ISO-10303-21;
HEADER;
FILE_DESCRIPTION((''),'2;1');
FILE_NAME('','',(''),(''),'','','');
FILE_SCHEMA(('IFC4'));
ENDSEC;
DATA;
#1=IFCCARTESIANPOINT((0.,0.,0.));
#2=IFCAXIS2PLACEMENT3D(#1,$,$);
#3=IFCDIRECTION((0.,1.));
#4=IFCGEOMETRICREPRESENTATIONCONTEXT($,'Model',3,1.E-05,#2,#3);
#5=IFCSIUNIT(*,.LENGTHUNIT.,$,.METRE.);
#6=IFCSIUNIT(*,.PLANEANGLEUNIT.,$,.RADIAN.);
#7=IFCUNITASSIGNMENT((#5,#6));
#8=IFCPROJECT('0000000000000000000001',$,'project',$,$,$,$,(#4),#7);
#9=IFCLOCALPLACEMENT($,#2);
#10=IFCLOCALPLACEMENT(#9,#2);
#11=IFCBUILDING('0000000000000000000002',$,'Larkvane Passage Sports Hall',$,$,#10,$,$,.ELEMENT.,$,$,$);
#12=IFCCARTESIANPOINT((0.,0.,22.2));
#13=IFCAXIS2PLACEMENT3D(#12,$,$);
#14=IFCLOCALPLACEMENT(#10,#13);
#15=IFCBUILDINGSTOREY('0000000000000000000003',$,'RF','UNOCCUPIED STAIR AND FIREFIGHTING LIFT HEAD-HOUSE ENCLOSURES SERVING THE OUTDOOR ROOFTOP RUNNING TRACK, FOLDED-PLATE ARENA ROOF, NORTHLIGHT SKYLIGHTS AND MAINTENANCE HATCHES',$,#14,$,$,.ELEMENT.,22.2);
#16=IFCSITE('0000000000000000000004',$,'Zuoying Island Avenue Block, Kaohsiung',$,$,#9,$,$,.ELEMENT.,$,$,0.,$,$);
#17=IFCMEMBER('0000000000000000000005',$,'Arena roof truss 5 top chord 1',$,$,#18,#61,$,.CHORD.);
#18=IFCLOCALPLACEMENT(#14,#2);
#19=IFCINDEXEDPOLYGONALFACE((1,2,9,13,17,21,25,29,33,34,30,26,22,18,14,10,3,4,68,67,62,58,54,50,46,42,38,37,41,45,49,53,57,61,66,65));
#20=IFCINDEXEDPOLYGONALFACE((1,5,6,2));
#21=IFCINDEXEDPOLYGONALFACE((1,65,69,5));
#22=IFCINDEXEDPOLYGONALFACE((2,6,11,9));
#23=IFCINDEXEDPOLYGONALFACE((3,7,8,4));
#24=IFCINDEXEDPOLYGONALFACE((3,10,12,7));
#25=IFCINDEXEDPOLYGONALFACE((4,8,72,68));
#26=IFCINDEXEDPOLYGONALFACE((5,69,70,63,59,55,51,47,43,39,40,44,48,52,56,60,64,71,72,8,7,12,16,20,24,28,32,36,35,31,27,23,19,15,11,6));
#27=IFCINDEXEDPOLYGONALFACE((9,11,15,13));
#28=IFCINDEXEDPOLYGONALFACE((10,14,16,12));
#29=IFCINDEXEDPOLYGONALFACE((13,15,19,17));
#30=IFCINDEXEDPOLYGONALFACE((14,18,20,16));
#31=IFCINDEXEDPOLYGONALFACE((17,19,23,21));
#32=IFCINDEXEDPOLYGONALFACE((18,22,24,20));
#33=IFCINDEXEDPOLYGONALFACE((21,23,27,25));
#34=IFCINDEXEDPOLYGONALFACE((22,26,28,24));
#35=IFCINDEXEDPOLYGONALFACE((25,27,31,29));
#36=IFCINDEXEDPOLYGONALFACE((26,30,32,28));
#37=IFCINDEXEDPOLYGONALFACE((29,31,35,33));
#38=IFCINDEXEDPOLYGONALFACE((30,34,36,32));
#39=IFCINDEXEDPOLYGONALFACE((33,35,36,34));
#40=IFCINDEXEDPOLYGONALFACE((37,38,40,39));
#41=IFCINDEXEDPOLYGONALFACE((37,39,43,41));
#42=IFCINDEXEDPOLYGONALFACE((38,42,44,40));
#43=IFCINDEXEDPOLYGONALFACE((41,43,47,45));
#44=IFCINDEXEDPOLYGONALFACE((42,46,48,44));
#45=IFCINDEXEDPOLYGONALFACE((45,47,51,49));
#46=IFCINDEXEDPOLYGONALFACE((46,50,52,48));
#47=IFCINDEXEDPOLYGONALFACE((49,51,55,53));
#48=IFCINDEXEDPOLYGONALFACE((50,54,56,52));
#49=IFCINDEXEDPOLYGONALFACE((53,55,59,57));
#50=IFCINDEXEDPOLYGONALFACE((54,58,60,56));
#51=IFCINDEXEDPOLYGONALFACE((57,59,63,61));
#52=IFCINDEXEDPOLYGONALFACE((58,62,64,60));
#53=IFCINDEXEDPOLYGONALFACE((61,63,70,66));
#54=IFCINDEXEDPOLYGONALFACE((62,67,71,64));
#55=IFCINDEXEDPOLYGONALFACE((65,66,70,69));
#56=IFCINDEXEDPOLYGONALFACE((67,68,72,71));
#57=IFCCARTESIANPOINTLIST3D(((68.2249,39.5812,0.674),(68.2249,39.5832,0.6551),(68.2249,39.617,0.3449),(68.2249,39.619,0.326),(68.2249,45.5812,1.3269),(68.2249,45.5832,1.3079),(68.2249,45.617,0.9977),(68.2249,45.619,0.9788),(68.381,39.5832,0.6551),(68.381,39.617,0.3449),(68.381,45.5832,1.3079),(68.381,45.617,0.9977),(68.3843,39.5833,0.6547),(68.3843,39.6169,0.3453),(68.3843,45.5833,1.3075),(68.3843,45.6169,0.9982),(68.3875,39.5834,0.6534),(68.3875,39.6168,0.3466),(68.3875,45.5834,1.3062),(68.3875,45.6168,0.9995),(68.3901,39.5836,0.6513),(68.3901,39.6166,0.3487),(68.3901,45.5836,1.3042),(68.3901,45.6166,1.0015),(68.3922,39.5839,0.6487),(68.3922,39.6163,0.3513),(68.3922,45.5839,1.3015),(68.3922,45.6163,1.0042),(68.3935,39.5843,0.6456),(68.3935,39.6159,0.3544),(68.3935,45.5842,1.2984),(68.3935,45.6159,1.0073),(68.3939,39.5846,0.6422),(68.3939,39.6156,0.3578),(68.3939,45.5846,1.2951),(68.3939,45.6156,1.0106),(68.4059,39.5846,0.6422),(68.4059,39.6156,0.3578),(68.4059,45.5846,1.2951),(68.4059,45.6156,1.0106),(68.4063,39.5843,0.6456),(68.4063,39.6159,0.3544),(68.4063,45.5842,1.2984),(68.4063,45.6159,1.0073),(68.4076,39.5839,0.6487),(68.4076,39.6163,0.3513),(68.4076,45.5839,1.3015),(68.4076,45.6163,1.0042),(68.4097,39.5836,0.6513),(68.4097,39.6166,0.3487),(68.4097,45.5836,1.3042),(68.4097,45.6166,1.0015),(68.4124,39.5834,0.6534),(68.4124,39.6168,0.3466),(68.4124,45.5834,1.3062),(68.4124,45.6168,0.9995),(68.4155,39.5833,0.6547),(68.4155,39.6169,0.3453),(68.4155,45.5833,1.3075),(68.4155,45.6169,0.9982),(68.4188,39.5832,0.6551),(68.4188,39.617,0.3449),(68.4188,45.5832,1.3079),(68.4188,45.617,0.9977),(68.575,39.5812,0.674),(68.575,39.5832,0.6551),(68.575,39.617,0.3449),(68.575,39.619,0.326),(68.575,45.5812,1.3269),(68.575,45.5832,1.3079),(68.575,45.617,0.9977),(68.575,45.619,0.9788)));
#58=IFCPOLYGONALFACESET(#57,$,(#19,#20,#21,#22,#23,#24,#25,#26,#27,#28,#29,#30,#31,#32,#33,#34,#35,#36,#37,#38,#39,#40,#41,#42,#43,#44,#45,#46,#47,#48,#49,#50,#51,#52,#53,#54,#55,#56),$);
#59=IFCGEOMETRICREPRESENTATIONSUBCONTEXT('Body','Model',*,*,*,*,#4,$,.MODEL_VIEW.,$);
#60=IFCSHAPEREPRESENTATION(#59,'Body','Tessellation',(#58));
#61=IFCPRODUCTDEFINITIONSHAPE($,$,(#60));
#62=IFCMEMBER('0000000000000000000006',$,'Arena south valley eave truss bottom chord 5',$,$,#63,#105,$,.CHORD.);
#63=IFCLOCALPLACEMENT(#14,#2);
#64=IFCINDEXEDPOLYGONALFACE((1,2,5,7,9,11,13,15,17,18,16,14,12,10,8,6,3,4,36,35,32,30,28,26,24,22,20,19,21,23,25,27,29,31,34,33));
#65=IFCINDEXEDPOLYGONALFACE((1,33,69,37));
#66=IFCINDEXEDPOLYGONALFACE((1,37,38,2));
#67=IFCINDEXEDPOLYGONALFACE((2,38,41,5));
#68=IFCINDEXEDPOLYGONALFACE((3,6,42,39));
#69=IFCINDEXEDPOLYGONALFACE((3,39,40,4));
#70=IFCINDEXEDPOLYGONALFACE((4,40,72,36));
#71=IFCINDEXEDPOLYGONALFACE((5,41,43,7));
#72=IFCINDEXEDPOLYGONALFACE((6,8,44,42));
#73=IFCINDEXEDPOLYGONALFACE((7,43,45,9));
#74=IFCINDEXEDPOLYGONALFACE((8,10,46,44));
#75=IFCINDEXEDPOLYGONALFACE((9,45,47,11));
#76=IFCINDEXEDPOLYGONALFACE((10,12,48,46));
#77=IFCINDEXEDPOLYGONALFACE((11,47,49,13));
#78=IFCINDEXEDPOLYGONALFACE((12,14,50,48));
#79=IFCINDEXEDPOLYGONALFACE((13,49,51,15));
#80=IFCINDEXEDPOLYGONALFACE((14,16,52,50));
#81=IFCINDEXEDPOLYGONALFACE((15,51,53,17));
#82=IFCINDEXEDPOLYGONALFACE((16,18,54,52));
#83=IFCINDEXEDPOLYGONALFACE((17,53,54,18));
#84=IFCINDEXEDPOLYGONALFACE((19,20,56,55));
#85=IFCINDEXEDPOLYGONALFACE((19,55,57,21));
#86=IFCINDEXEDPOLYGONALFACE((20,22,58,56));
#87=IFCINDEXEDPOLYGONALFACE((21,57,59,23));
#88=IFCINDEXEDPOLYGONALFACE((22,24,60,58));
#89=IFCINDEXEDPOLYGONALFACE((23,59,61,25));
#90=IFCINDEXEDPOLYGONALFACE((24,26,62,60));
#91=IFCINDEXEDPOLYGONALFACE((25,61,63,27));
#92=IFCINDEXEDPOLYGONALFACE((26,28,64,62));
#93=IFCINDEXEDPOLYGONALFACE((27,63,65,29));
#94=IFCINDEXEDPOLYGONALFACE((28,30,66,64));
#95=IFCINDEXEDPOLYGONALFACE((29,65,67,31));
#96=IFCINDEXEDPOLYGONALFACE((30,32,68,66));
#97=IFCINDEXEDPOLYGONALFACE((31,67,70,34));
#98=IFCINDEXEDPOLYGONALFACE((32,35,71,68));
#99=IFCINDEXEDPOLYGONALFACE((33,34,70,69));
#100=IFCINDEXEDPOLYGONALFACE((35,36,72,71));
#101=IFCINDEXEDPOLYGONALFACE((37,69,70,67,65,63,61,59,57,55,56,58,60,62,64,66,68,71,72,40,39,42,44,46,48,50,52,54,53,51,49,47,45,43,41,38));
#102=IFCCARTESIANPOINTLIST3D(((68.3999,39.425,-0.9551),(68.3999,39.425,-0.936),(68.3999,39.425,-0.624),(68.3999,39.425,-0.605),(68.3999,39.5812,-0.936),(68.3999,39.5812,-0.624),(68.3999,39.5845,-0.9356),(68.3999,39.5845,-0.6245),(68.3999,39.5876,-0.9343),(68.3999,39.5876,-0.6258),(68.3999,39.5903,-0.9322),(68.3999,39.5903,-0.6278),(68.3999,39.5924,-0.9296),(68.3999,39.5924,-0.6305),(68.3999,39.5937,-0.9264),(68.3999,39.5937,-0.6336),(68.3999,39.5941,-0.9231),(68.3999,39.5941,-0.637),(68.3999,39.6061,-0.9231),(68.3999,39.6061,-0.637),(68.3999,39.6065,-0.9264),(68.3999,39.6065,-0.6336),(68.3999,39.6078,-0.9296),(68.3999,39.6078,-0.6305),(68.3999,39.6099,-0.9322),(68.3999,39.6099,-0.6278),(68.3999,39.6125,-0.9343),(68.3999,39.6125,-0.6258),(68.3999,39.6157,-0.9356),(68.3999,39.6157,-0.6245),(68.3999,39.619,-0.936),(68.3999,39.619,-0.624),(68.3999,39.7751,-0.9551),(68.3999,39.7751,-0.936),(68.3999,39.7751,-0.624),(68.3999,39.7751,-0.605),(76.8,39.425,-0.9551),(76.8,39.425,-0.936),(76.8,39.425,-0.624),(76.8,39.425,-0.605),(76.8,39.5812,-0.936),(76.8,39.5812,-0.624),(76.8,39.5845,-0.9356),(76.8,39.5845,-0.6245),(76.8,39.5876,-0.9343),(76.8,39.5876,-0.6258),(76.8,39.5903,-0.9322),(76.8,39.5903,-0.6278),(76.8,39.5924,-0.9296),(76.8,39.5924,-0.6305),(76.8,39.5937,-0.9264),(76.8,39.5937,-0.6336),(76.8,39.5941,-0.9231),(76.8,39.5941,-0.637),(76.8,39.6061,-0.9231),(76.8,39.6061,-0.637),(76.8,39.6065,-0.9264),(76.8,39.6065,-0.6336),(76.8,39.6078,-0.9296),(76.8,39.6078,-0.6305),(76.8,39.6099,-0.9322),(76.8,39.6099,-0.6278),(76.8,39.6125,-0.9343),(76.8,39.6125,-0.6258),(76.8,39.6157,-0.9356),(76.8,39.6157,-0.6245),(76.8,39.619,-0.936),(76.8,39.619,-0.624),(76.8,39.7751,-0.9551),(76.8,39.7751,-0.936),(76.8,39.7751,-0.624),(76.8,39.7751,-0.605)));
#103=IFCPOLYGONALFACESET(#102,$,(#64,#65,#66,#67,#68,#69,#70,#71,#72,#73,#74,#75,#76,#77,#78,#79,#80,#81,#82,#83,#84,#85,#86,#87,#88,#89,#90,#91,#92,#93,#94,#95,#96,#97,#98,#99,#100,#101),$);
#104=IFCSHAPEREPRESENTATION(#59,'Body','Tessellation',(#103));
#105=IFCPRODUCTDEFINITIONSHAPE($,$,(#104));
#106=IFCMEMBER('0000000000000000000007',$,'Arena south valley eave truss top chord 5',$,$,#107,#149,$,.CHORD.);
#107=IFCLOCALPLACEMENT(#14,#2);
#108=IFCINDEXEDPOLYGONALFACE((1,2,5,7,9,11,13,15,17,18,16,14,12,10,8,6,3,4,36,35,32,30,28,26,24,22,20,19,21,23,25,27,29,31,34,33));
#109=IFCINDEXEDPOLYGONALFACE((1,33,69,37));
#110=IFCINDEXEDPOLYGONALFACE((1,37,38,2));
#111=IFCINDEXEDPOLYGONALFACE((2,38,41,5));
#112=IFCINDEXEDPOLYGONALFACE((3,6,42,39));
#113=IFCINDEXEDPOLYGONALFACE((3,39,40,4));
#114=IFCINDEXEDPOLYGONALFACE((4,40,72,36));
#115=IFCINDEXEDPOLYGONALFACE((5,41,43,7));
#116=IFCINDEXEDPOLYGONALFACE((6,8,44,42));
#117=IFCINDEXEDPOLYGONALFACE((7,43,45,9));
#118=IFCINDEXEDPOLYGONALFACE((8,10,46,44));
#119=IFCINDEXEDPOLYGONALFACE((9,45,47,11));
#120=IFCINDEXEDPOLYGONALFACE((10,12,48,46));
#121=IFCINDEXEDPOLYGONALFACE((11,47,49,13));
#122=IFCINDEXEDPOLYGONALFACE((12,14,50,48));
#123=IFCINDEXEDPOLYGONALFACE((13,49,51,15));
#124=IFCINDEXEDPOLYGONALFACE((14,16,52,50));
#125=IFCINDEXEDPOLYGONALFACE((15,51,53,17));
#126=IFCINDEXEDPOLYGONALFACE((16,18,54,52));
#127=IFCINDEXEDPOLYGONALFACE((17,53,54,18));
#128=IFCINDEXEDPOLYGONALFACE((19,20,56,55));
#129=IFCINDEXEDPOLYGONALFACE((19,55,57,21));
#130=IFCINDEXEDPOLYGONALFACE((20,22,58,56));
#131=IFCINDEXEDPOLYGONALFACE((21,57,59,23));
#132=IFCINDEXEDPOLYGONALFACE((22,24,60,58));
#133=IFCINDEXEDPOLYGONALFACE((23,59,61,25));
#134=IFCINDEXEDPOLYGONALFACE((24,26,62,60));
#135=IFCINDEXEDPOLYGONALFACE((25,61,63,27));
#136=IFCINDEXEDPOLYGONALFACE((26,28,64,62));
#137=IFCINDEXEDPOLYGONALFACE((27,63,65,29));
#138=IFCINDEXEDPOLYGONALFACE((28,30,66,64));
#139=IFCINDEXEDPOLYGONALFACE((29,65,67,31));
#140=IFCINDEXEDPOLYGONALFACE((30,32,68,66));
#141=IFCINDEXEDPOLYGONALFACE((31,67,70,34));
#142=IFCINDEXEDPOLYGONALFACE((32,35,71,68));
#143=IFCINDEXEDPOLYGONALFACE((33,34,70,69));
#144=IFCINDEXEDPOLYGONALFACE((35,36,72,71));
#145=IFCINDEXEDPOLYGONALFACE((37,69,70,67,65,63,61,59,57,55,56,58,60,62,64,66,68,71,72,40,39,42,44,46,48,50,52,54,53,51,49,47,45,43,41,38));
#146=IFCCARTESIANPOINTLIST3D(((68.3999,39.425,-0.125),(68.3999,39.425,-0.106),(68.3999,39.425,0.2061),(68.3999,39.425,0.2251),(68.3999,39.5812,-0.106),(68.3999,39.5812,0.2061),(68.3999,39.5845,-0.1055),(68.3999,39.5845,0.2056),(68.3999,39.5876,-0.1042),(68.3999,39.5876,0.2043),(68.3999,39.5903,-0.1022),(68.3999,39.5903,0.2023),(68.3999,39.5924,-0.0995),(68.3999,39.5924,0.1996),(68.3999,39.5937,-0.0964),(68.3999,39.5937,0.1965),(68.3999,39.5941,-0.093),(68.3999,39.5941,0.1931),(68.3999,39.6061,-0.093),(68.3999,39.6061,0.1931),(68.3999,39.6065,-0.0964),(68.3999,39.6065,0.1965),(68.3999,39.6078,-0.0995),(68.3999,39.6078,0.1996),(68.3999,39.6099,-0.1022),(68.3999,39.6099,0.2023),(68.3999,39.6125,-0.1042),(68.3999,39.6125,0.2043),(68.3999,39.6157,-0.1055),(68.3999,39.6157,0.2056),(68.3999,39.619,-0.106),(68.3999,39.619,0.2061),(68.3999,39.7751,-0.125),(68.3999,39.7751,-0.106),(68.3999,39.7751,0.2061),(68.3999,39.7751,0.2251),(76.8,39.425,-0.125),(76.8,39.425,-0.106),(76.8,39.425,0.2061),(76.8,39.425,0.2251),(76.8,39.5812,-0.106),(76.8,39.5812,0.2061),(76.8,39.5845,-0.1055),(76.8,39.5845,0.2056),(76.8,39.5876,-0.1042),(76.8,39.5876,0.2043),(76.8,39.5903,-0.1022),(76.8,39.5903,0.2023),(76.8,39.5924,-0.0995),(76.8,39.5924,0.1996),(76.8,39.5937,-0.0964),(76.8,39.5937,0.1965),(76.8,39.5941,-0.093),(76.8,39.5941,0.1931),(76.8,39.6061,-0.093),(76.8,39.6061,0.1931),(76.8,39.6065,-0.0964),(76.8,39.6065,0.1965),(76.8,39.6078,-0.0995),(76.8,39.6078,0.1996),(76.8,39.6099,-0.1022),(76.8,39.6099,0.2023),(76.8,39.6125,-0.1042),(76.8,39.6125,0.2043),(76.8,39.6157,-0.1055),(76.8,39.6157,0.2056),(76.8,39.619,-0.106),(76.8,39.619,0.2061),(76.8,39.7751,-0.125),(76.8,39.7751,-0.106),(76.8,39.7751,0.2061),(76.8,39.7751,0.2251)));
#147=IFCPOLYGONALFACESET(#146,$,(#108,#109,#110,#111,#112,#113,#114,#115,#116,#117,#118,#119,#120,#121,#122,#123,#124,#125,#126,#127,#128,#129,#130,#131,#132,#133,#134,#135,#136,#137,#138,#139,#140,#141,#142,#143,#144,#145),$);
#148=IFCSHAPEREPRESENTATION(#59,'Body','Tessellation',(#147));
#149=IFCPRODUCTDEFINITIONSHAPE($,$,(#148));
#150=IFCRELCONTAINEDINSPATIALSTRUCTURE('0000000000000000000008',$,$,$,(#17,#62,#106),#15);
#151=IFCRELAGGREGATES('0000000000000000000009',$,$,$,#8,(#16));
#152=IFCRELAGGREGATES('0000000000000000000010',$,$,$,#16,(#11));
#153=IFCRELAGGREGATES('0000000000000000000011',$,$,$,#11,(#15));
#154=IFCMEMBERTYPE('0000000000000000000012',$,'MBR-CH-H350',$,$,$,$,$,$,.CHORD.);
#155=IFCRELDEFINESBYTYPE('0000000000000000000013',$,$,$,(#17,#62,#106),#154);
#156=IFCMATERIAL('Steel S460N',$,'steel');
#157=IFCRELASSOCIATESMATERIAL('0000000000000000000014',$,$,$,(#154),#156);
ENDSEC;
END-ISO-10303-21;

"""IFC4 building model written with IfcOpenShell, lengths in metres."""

from ifc_helpers import new_model, si_unit, direction, frame, origin, origin_2d, place, context, subcontext, project, spatial, i_section, extrude, material, material_profile, profile_set, type_object, element, save


model = new_model("IFC4")

# Units and contexts
model_context = context("Model", 3, precision=1e-05, world=origin(), true_north=direction((0.0, 1.0)))
body_context = subcontext(model_context, "Body", "Model", "MODEL_VIEW")
ifc_project = project(units=[si_unit("LENGTHUNIT", "METRE"), si_unit("PLANEANGLEUNIT", "RADIAN")], contexts=[model_context])

# Site, building, storey
site_placement = place(None, origin())
site = spatial("IfcSite", under=ifc_project, at=site_placement, Name="Zuoying Island Avenue Block, Kaohsiung", CompositionType="ELEMENT", RefElevation=0.0)
building_placement = place(site_placement, origin())
building = spatial("IfcBuilding", under=site, at=building_placement, Name="Larkvane Passage Sports Hall", CompositionType="ELEMENT")
storey_placement = place(building_placement, frame((0.0, 0.0, 22.2)))
storey = spatial("IfcBuildingStorey", under=building, at=storey_placement, Name="RF", Description="UNOCCUPIED STAIR AND FIREFIGHTING LIFT HEAD-HOUSE ENCLOSURES SERVING THE OUTDOOR ROOFTOP RUNNING TRACK, FOLDED-PLATE ARENA ROOF, NORTHLIGHT SKYLIGHTS AND MAINTENANCE HATCHES", CompositionType="ELEMENT", Elevation=22.2)

# Members
ifc_material_1 = material(Name="Steel S460N", Category="steel")
ifc_material_profile_1 = material_profile(ifc_material_1, i_section(OverallWidth=0.3501, OverallDepth=0.3501, WebThickness=0.012, FlangeThickness=0.019, FilletRadius=0.0129, at=origin_2d()), Name="H-350x350x12x19")
ifc_profile_set_1 = profile_set([ifc_material_profile_1], Name="Steel S460N")
member_type_1 = type_object("IfcMemberType", Name="MBR-CH-H350", PredefinedType="CHORD", material=ifc_profile_set_1)
member_1_placement = place(storey_placement, frame((68.3999, 39.6001, 0.5), z_axis=(0.0, 0.994133, 0.108167), x_axis=(-1.0, 0.0, 0.0)))
element("IfcMember", 1, at=member_1_placement, inside=storey, type_object=member_type_1, Name="Arena roof truss 5 top chord 1", PredefinedType="CHORD", context=body_context, shape_type="SweptSolid", body=[
    extrude(i_section(OverallWidth=0.3501, OverallDepth=0.3501, WebThickness=0.012, FlangeThickness=0.019, FilletRadius=0.0129, at=origin_2d()), origin(), (0.0, 0.0, 1.0), 6.0354),
])
for number, where, z_axis, x_axis, name in (
    (2, (68.3999, 39.6001, -0.78), (1.0, 0.0, 0.0), (0.0, 1.0, 0.0), "Arena south valley eave truss bottom chord 5"),
    (3, (68.3999, 39.6001, 0.05), (1.0, 0.0, 0.0), (0.0, 1.0, 0.0), "Arena south valley eave truss top chord 5"),
):
    element("IfcMember", number, at=place(storey_placement, frame(where, z_axis=z_axis, x_axis=x_axis)), inside=storey, type_object=member_type_1, Name=name, PredefinedType="CHORD", context=body_context, shape_type="SweptSolid", body=[
        extrude(i_section(OverallWidth=0.3501, OverallDepth=0.3501, WebThickness=0.012, FlangeThickness=0.019, FilletRadius=0.0129, at=origin_2d()), origin(), (0.0, 0.0, 1.0), 8.4001),
    ])

save(model, "model.ifc")
